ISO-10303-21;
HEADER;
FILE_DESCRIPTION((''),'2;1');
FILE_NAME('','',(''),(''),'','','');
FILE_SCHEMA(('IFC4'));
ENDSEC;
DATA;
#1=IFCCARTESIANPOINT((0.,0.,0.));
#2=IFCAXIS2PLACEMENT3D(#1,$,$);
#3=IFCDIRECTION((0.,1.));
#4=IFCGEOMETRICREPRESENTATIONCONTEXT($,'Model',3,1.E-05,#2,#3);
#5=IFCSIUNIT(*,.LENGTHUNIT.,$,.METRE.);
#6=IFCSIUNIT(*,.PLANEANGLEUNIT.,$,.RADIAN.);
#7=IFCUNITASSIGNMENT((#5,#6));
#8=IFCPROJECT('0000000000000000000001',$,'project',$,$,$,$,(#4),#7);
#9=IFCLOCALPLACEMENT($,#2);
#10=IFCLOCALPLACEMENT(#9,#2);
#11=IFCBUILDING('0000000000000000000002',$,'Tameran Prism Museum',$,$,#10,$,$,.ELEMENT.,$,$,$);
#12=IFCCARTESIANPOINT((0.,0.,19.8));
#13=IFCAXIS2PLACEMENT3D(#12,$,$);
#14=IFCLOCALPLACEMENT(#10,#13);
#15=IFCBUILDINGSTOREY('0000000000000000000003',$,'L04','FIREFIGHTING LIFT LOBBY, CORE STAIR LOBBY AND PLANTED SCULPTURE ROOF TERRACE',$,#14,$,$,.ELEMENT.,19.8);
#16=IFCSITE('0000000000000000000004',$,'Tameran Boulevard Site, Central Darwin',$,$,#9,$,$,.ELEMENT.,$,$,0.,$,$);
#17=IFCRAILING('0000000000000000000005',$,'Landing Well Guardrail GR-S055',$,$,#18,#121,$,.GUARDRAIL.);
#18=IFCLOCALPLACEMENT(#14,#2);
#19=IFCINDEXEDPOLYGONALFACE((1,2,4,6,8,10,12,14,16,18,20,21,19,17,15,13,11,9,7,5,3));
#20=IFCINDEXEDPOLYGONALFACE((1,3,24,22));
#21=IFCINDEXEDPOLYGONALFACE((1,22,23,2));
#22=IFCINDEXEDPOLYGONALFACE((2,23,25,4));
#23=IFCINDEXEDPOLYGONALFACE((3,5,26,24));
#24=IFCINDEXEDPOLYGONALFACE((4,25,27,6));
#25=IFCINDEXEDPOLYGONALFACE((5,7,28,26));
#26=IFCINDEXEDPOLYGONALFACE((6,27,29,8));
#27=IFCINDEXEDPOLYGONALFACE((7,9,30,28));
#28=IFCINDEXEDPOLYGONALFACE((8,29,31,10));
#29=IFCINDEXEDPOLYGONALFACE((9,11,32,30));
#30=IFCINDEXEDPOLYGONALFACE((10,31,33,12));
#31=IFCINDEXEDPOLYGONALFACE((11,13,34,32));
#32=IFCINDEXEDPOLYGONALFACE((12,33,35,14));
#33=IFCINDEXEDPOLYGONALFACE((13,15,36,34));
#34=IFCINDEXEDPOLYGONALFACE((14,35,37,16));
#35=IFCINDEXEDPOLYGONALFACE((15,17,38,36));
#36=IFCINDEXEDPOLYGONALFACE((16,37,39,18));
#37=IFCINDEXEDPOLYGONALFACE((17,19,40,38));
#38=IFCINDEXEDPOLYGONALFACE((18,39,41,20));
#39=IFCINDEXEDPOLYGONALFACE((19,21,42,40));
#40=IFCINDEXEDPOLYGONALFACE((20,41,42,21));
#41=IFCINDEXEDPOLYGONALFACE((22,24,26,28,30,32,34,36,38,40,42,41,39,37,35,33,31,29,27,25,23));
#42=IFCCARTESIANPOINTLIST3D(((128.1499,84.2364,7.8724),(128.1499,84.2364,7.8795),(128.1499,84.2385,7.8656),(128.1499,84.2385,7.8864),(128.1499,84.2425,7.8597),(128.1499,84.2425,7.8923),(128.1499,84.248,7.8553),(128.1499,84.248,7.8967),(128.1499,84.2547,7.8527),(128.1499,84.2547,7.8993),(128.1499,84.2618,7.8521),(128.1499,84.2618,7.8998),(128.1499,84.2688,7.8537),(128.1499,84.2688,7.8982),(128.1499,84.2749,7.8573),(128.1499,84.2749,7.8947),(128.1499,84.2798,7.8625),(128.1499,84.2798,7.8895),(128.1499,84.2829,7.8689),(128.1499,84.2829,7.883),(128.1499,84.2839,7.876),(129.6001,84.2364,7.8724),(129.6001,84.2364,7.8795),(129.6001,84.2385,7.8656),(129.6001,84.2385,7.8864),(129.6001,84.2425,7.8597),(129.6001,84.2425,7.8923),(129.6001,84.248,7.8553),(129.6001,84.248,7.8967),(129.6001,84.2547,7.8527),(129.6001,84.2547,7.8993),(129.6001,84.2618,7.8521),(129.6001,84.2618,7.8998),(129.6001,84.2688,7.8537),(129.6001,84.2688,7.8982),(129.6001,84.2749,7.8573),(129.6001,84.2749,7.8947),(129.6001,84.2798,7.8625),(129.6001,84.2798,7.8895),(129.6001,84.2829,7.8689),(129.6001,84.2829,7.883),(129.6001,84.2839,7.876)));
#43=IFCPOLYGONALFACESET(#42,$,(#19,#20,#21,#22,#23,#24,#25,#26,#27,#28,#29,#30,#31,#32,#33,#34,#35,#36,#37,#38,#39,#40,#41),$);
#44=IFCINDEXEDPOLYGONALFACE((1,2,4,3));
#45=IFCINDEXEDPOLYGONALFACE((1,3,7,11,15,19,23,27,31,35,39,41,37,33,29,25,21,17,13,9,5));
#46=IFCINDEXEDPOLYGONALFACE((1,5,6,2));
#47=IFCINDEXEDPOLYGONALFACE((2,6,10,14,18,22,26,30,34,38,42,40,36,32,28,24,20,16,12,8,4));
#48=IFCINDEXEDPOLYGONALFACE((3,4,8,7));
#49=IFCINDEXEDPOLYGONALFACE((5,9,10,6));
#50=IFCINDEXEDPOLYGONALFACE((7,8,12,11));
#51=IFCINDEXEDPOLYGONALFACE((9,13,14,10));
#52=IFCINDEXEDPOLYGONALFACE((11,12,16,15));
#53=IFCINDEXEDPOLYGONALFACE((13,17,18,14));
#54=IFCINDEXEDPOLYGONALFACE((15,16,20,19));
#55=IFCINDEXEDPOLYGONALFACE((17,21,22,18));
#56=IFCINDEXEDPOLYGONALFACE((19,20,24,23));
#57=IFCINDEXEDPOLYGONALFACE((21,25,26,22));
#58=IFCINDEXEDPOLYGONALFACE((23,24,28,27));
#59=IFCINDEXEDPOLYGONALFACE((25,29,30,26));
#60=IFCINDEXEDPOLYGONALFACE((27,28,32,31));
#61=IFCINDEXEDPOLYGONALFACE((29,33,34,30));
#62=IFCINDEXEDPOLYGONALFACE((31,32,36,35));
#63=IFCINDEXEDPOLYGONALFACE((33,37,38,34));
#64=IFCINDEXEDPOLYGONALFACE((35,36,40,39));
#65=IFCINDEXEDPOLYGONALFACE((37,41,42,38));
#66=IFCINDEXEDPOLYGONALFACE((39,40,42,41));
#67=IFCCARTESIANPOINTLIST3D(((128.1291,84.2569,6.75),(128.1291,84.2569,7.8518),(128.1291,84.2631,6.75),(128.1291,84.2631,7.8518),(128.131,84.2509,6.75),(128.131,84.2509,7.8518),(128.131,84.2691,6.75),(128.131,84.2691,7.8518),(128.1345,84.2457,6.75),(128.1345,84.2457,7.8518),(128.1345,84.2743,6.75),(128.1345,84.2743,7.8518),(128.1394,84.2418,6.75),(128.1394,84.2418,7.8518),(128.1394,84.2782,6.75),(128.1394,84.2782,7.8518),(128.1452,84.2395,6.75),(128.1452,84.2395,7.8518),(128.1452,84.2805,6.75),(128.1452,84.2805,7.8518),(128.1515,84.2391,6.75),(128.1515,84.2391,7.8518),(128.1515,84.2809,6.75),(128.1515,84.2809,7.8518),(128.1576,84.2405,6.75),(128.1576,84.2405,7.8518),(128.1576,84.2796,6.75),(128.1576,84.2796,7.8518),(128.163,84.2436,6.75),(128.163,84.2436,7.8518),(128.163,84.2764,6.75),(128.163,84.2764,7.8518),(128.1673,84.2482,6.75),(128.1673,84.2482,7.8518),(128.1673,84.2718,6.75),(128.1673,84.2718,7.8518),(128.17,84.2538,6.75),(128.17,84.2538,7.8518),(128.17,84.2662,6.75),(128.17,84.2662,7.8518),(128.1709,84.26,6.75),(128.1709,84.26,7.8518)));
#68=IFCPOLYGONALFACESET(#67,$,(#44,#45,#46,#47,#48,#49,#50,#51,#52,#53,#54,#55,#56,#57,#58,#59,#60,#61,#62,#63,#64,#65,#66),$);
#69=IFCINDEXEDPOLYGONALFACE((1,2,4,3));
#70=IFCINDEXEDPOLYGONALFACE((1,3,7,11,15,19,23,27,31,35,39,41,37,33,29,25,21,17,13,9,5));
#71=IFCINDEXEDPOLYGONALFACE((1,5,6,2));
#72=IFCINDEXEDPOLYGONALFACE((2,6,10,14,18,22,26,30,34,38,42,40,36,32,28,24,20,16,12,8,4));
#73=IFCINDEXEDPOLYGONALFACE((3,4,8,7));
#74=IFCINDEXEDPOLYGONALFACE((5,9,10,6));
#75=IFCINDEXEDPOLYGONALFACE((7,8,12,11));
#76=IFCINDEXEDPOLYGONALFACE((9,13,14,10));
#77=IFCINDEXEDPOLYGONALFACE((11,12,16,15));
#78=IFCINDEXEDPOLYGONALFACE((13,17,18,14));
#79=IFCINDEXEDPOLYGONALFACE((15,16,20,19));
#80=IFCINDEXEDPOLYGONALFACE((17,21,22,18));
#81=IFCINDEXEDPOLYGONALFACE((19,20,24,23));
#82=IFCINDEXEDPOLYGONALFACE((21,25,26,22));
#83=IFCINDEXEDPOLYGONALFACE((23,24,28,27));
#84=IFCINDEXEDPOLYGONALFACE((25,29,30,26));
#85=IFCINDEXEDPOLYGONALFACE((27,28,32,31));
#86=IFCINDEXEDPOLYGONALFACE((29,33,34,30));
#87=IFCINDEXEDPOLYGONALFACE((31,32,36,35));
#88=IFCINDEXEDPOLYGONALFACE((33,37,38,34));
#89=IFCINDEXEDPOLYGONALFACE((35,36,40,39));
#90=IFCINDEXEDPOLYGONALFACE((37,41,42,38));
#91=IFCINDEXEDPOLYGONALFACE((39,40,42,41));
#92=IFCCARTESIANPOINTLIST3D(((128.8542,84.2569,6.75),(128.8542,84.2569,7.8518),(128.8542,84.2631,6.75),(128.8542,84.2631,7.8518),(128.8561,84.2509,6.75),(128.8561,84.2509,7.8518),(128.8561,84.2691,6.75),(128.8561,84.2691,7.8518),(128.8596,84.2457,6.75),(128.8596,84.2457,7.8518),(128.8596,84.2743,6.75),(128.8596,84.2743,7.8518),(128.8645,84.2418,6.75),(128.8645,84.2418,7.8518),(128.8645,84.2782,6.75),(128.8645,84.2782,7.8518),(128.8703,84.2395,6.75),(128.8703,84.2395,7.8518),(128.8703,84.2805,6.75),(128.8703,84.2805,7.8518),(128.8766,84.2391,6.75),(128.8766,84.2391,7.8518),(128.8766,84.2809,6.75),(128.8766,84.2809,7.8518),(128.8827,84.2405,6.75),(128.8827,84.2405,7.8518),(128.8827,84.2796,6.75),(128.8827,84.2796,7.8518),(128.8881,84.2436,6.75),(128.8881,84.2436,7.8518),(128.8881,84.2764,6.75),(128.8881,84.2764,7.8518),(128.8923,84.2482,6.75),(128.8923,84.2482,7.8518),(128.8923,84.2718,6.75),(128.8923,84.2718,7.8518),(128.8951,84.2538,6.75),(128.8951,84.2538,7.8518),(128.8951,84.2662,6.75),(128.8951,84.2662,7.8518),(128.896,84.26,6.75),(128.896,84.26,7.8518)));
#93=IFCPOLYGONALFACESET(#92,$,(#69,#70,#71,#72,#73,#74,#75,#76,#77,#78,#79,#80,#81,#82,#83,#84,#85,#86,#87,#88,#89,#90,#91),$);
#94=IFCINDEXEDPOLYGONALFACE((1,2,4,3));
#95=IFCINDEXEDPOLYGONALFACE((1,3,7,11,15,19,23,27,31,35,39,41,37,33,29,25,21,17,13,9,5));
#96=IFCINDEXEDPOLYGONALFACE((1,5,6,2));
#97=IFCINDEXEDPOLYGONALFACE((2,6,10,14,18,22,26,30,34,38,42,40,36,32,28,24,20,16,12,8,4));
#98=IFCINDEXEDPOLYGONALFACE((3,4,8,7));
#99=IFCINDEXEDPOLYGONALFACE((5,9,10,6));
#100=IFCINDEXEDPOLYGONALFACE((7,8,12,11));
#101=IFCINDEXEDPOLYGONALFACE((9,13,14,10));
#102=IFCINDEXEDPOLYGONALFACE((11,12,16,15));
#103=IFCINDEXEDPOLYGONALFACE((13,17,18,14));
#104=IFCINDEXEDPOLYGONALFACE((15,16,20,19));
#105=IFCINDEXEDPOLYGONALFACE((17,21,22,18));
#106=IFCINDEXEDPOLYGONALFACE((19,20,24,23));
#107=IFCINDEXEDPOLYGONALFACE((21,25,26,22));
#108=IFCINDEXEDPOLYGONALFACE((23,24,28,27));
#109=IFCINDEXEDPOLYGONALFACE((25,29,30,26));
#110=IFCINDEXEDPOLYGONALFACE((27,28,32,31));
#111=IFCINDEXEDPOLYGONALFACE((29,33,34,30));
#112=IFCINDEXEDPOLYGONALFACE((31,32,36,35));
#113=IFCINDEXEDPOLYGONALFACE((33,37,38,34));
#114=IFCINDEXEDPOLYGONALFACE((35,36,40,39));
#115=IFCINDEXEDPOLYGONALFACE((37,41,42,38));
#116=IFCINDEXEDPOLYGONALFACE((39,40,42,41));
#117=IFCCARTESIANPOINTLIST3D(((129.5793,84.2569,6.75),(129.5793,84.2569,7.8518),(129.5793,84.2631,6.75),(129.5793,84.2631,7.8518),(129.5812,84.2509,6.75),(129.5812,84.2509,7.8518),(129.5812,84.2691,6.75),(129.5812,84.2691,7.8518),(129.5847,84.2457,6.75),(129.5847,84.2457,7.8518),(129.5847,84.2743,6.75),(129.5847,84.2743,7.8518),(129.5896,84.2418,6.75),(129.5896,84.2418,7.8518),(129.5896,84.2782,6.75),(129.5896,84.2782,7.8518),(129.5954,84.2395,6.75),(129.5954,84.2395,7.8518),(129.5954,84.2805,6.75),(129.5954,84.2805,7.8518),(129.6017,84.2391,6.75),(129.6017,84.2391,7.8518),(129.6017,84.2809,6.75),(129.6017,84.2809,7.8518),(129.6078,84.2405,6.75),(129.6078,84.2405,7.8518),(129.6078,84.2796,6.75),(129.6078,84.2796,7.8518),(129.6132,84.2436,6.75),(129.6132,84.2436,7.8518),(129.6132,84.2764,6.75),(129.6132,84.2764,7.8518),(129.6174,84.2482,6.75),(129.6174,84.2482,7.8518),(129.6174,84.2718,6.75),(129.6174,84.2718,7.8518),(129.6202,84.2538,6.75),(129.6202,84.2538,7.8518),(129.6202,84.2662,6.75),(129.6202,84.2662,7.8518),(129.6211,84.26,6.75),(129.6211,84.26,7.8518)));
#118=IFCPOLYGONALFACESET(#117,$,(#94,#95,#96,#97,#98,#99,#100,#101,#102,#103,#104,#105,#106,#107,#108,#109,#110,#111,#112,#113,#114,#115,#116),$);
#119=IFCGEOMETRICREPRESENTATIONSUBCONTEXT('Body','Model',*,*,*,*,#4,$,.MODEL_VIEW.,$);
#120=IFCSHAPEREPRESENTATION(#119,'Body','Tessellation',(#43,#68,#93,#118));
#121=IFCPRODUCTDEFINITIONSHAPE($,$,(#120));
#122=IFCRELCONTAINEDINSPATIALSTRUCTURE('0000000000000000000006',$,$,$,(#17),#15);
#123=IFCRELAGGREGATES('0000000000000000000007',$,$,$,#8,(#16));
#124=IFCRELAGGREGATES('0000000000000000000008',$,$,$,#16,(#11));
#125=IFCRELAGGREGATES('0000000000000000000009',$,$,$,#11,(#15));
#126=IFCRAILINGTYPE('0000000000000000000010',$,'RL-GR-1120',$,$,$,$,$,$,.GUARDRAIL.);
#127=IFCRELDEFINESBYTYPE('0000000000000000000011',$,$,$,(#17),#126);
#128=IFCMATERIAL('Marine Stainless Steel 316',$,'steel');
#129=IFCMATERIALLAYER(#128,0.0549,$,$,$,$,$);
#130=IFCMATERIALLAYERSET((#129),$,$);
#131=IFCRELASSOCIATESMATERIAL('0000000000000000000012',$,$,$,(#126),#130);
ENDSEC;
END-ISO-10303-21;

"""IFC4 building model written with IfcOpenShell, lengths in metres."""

from ifc_helpers import new_model, si_unit, direction, frame, origin, origin_2d, place, context, subcontext, project, spatial, circle, extrude, material, layer, layer_set, type_object, element, save


model = new_model("IFC4")

# Units and contexts
model_context = context("Model", 3, precision=1e-05, world=origin(), true_north=direction((0.0, 1.0)))
body_context = subcontext(model_context, "Body", "Model", "MODEL_VIEW")
ifc_project = project(units=[si_unit("LENGTHUNIT", "METRE"), si_unit("PLANEANGLEUNIT", "RADIAN")], contexts=[model_context])

# Site, building, storey
site_placement = place(None, origin())
site = spatial("IfcSite", under=ifc_project, at=site_placement, Name="Tameran Boulevard Site, Central Darwin", CompositionType="ELEMENT", RefElevation=0.0)
building_placement = place(site_placement, origin())
building = spatial("IfcBuilding", under=site, at=building_placement, Name="Tameran Prism Museum", CompositionType="ELEMENT")
storey_placement = place(building_placement, frame((0.0, 0.0, 19.8)))
storey = spatial("IfcBuildingStorey", under=building, at=storey_placement, Name="L04", Description="FIREFIGHTING LIFT LOBBY, CORE STAIR LOBBY AND PLANTED SCULPTURE ROOF TERRACE", CompositionType="ELEMENT", Elevation=19.8)

# Railing
ifc_material_1 = material(Name="Marine Stainless Steel 316", Category="steel")
ifc_layer_1 = layer(ifc_material_1, 0.0549)
ifc_layer_set_1 = layer_set([ifc_layer_1])
railing_type_1 = type_object("IfcRailingType", Name="RL-GR-1120", PredefinedType="GUARDRAIL", material=ifc_layer_set_1)
for number, where, name in (
    (1, (128.1499, 84.26, 6.75), "Landing Well Guardrail GR-S055"),
):
    element("IfcRailing", number, at=place(storey_placement, frame(where)), inside=storey, type_object=railing_type_1, Name=name, PredefinedType="GUARDRAIL", context=body_context, shape_type="SweptSolid", body=[
        extrude(circle(Radius=0.0239, at=origin_2d()), frame((0.0, 0.0, 1.126), z_axis=(1.0, 0.0, 0.0), x_axis=(0.0, 1.0, 0.0)), (0.0, 0.0, 1.0), 1.4502),
        extrude(circle(Radius=0.021, at=origin_2d()), origin(), (0.0, 0.0, 1.0), 1.1018),
        extrude(circle(Radius=0.021, at=origin_2d()), frame((0.7251, 0.0, 0.0)), (0.0, 0.0, 1.0), 1.1018),
        extrude(circle(Radius=0.021, at=origin_2d()), frame((1.4502, 0.0, 0.0)), (0.0, 0.0, 1.0), 1.1018),
    ])

save(model, "model.ifc")
